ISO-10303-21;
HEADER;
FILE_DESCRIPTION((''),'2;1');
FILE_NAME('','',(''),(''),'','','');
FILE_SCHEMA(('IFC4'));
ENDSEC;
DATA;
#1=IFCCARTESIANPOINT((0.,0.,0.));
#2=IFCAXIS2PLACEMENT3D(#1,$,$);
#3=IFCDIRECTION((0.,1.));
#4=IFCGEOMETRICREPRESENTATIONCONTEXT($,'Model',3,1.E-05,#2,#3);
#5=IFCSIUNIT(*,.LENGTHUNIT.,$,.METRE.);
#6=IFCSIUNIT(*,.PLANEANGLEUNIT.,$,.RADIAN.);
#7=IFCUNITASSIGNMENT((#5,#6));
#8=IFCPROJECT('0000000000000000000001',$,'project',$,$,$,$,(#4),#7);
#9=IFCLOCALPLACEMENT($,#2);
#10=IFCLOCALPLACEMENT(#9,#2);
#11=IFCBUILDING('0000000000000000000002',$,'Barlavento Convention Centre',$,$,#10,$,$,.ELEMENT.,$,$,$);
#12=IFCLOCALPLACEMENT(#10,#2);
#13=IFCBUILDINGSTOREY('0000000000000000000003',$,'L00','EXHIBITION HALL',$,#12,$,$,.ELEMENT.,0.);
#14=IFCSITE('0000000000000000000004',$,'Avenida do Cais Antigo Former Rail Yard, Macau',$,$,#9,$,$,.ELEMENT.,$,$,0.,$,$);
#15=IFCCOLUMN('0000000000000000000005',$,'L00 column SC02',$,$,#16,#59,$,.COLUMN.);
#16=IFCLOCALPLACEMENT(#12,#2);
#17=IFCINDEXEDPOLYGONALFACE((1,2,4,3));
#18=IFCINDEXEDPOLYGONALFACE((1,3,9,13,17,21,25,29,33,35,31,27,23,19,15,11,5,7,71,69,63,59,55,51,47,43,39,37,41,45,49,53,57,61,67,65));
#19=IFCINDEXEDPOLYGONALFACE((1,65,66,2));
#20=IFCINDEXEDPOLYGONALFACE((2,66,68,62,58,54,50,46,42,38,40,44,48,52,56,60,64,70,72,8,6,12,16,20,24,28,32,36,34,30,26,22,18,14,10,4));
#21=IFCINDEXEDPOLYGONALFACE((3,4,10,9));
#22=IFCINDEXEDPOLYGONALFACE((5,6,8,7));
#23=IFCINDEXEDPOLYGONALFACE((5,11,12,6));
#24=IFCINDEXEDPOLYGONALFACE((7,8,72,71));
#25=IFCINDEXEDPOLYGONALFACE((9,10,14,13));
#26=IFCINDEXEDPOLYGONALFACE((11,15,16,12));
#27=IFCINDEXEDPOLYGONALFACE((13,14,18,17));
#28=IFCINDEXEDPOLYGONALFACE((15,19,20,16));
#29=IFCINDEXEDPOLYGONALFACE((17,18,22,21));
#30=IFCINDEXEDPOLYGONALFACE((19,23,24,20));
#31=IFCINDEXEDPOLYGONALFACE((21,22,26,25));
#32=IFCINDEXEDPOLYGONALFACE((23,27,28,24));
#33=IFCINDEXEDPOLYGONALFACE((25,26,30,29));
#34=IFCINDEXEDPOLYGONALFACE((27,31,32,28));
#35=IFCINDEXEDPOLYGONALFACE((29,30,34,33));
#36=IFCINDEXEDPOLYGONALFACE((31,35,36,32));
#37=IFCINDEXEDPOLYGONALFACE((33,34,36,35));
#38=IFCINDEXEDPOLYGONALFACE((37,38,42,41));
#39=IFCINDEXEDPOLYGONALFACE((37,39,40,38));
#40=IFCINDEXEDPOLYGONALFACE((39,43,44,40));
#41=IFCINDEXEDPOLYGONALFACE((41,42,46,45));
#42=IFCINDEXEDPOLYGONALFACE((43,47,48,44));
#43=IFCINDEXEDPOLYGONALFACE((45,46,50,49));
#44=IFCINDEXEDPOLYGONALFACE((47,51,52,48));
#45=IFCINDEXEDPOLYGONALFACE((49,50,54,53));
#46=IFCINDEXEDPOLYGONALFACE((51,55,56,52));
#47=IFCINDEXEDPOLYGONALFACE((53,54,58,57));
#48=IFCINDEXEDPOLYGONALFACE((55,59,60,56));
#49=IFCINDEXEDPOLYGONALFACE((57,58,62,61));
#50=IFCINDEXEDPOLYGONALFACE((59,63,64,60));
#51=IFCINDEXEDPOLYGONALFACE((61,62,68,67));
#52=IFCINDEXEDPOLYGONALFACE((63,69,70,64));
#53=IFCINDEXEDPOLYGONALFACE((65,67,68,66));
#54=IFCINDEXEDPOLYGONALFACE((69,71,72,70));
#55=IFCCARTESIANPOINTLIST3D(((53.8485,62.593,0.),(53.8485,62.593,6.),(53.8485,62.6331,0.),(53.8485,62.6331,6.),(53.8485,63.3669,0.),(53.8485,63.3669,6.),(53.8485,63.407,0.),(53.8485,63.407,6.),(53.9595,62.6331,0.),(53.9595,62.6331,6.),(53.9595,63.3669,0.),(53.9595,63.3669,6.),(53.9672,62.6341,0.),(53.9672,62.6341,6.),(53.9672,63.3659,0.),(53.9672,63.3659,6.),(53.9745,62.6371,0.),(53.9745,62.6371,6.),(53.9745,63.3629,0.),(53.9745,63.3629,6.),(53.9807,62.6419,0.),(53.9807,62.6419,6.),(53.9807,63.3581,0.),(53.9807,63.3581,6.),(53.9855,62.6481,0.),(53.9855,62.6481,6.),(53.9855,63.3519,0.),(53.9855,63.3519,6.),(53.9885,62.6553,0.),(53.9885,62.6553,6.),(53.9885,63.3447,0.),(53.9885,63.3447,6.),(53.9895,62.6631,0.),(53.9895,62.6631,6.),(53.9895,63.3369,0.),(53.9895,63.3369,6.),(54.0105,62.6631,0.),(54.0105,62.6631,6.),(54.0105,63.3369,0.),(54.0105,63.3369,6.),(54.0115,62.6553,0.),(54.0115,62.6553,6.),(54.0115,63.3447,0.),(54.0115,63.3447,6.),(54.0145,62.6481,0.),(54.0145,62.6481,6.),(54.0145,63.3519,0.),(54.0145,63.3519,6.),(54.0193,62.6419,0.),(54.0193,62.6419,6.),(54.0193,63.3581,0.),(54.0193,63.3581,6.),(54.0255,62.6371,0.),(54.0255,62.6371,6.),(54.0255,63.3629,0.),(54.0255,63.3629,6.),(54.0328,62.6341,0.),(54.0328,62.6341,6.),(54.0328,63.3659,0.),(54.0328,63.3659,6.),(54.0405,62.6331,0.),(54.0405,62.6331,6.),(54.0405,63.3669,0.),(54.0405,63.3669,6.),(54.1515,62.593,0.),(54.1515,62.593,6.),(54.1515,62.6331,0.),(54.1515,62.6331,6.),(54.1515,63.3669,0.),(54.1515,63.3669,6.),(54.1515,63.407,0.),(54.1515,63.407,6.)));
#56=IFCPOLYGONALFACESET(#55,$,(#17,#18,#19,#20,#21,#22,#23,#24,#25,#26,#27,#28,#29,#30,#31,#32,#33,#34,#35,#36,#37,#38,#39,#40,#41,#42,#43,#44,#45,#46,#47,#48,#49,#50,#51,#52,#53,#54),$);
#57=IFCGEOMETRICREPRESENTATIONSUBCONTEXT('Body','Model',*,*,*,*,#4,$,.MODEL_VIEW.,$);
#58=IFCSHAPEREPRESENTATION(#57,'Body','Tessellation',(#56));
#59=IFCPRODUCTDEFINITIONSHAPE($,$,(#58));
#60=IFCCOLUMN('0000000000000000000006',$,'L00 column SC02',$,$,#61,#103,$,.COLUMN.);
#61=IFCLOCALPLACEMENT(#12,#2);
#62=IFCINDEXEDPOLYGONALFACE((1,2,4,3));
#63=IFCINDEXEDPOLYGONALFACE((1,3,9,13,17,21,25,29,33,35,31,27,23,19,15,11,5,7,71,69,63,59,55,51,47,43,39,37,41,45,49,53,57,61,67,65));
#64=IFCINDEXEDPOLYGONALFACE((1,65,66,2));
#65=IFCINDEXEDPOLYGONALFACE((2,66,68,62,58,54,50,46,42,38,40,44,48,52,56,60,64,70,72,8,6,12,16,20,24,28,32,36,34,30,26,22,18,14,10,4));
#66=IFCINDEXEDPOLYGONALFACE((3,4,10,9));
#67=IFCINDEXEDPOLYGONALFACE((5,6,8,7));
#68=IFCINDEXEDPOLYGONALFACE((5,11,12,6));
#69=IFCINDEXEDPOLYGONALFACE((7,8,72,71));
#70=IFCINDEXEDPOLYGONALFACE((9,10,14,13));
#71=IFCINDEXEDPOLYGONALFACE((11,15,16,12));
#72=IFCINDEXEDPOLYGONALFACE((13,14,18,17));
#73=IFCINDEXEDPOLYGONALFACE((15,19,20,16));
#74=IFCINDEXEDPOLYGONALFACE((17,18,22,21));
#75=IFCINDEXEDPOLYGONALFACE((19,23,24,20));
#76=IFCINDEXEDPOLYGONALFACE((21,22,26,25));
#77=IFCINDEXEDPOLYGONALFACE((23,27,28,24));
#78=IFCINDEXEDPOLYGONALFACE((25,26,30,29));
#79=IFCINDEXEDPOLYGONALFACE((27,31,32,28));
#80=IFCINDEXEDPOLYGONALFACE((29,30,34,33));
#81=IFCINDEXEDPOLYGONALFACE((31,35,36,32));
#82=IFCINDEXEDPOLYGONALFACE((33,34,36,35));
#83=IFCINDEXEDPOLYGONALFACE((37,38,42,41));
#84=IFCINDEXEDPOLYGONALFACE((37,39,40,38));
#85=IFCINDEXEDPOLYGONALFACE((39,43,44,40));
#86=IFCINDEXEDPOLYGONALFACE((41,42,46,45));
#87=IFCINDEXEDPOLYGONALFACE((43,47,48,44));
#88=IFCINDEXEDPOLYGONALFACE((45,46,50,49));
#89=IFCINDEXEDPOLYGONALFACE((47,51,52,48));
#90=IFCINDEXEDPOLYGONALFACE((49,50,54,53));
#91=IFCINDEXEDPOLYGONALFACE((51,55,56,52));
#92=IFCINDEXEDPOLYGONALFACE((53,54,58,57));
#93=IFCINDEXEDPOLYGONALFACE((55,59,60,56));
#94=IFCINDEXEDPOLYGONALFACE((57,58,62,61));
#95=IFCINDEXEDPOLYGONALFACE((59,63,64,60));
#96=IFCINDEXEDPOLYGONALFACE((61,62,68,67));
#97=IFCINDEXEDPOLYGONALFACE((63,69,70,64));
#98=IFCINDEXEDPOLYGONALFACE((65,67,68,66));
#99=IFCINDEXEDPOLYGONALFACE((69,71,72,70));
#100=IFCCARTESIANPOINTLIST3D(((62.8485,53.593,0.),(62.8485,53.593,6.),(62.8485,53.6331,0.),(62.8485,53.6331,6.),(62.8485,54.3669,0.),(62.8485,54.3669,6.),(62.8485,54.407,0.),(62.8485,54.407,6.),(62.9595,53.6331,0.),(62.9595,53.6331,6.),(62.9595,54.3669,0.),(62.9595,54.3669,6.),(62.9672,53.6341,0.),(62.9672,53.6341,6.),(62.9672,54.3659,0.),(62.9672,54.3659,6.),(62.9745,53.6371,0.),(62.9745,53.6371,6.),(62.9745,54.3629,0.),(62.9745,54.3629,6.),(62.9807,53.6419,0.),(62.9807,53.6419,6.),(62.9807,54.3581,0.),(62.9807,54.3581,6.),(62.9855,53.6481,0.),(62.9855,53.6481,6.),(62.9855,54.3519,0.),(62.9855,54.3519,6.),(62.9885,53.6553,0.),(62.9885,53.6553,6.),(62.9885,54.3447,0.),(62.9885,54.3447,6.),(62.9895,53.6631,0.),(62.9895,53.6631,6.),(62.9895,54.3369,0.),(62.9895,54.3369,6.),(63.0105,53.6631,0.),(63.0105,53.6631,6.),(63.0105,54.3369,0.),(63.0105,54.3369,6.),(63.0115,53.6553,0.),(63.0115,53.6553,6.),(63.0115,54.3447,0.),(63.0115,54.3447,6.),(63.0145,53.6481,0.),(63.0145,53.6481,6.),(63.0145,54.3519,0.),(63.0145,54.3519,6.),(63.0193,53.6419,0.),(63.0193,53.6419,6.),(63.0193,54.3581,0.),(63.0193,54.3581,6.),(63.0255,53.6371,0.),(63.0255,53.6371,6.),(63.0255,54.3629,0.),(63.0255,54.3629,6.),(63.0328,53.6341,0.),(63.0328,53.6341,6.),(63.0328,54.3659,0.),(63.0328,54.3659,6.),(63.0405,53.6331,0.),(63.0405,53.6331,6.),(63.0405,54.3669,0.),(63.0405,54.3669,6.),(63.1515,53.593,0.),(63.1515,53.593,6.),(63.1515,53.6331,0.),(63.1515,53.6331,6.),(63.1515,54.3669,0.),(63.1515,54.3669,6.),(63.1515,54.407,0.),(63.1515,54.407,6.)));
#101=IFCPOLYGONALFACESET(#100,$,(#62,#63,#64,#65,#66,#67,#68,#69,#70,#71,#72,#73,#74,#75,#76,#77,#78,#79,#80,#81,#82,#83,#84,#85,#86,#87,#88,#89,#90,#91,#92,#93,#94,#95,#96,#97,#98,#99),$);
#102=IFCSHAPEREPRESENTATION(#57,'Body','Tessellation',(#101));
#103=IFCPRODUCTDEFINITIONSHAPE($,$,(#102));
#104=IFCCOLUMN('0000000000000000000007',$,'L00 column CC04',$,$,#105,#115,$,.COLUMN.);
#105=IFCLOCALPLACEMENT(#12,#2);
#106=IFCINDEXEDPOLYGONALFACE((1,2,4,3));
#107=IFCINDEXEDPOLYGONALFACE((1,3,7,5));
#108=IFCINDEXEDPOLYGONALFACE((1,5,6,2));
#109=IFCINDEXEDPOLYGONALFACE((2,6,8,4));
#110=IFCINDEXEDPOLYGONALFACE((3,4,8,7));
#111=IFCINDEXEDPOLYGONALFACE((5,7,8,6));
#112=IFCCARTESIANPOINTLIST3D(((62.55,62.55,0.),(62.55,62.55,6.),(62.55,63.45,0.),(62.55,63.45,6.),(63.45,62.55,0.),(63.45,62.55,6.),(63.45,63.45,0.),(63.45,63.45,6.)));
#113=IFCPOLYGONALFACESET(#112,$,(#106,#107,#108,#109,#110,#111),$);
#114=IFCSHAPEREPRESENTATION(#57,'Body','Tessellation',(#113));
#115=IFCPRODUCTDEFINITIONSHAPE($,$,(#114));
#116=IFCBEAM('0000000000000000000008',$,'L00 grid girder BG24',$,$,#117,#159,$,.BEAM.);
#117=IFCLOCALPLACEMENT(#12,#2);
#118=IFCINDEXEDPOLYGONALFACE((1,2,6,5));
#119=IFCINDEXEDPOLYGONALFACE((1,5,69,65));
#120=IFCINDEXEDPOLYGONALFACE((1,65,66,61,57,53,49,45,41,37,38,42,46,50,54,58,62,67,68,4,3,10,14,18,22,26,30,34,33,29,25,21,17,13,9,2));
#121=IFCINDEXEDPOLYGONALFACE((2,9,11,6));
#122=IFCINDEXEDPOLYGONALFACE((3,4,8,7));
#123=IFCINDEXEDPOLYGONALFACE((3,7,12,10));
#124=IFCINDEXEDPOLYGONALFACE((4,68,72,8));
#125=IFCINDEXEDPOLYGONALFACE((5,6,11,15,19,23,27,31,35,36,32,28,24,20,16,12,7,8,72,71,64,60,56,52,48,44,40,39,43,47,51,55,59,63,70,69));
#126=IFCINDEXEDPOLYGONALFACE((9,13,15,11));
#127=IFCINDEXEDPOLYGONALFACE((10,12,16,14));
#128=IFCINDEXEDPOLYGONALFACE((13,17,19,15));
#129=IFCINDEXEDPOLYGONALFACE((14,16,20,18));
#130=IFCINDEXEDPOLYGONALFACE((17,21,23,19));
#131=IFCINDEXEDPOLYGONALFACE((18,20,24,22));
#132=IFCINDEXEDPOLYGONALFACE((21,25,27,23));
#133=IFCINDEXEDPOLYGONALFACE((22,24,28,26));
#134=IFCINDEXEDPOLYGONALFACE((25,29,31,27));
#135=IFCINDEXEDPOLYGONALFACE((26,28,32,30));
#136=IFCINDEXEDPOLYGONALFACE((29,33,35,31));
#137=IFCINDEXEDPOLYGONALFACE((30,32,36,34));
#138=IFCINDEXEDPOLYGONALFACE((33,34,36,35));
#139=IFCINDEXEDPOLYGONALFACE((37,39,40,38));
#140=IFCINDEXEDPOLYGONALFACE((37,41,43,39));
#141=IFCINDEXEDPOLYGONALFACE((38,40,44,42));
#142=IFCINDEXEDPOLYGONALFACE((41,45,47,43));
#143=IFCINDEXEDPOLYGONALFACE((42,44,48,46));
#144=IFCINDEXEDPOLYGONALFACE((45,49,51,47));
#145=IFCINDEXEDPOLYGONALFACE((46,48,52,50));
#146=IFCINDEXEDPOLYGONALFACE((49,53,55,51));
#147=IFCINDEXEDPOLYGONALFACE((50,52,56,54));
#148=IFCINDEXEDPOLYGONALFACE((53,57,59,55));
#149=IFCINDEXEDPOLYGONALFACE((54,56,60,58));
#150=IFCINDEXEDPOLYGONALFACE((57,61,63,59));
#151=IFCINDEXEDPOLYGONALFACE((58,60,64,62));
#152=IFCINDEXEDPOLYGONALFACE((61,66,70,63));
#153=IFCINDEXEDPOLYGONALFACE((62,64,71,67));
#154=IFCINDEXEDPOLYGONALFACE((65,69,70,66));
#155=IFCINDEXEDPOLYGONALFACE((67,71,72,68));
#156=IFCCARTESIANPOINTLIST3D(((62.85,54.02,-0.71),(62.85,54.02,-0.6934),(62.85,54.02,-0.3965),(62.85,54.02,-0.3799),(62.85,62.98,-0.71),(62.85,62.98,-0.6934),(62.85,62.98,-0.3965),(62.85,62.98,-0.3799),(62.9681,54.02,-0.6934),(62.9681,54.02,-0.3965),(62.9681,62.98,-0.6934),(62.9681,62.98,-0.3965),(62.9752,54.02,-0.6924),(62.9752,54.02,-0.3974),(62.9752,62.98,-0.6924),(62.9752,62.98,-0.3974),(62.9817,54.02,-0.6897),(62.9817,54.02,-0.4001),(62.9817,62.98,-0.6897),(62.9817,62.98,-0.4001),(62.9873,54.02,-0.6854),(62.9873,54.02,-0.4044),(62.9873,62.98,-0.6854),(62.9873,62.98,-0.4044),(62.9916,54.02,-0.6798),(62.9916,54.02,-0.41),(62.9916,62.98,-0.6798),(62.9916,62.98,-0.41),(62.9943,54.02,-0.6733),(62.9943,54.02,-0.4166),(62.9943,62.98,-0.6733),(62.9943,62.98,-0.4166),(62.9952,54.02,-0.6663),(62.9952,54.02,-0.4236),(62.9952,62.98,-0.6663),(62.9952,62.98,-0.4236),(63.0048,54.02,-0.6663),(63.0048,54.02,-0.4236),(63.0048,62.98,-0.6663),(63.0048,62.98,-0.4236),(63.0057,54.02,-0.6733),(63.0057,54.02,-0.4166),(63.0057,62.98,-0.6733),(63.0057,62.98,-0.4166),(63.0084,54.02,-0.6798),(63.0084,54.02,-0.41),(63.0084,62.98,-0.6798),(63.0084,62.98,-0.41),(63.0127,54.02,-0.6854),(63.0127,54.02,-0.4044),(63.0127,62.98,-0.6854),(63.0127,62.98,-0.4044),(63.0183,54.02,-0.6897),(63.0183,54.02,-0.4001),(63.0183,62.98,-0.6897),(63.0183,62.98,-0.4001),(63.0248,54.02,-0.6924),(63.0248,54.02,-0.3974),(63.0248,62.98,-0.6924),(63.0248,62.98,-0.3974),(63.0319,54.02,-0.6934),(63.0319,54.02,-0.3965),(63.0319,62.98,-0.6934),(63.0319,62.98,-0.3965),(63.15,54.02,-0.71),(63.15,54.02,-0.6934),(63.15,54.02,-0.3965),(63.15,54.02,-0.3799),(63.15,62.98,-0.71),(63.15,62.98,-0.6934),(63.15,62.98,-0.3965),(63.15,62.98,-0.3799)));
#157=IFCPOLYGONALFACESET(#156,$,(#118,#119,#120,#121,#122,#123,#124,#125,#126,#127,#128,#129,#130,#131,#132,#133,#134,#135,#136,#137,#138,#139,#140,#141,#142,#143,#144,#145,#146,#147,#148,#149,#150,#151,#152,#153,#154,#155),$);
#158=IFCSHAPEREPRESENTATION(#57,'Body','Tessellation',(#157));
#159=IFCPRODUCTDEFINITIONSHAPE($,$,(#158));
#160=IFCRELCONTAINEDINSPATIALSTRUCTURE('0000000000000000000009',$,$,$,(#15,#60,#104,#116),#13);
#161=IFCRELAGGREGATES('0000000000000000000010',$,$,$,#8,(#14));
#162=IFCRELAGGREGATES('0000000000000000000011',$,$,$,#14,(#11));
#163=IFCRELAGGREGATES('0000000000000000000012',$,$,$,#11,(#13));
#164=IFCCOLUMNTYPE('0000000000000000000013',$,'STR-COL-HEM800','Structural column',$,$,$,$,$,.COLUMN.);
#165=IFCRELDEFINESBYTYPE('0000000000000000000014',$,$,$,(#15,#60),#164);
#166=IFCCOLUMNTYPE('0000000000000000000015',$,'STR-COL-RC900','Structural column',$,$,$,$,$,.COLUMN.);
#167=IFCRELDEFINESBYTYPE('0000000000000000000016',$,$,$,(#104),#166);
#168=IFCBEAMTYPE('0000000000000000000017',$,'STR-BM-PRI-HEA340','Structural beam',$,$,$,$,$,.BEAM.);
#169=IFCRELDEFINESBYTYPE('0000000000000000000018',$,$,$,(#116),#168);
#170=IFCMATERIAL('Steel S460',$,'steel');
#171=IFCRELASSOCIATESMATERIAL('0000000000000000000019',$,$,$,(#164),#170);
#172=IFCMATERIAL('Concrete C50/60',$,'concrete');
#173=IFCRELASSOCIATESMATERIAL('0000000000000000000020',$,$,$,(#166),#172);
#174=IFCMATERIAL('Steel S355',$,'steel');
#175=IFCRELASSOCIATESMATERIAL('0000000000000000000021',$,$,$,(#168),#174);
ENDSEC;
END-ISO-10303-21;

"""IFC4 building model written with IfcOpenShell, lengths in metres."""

from ifc_helpers import new_model, si_unit, direction, frame, origin, origin_2d, place, context, subcontext, project, spatial, rectangle, i_section, extrude, material, material_profile, profile_set, type_object, element, save


model = new_model("IFC4")

# Units and contexts
model_context = context("Model", 3, precision=1e-05, world=origin(), true_north=direction((0.0, 1.0)))
body_context = subcontext(model_context, "Body", "Model", "MODEL_VIEW")
ifc_project = project(units=[si_unit("LENGTHUNIT", "METRE"), si_unit("PLANEANGLEUNIT", "RADIAN")], contexts=[model_context])

# Site, building, storey
site_placement = place(None, origin())
site = spatial("IfcSite", under=ifc_project, at=site_placement, Name="Avenida do Cais Antigo Former Rail Yard, Macau", CompositionType="ELEMENT", RefElevation=0.0)
building_placement = place(site_placement, origin())
building = spatial("IfcBuilding", under=site, at=building_placement, Name="Barlavento Convention Centre", CompositionType="ELEMENT")
storey_placement = place(building_placement, origin())
storey = spatial("IfcBuildingStorey", under=building, at=storey_placement, Name="L00", Description="EXHIBITION HALL", CompositionType="ELEMENT", Elevation=0.0)

# Columns
ifc_material_1 = material(Name="Steel S460", Category="steel")
ifc_material_profile_1 = material_profile(ifc_material_1, i_section(OverallWidth=0.303, OverallDepth=0.814, WebThickness=0.021, FlangeThickness=0.04, FilletRadius=0.03, at=origin_2d()), Name="HEM 800")
ifc_profile_set_1 = profile_set([ifc_material_profile_1], Name="Steel S460")
column_type_1 = type_object("IfcColumnType", Name="STR-COL-HEM800", Description="Structural column", PredefinedType="COLUMN", material=ifc_profile_set_1)
for number, where, z_axis, x_axis, name in (
    (1, (54.0, 63.0, 0.0), (0.0, 0.0, 1.0), (1.0, 0.0, 0.0), "L00 column SC02"),
    (2, (63.0, 54.0, 0.0), (0.0, 0.0, 1.0), (1.0, 0.0, 0.0), "L00 column SC02"),
):
    element("IfcColumn", number, at=place(storey_placement, frame(where, z_axis=z_axis, x_axis=x_axis)), inside=storey, type_object=column_type_1, Name=name, PredefinedType="COLUMN", context=body_context, shape_type="SweptSolid", body=[
        extrude(i_section(OverallWidth=0.303, OverallDepth=0.814, WebThickness=0.021, FlangeThickness=0.04, FilletRadius=0.03, at=origin_2d()), origin(), (0.0, 0.0, 1.0), 6.0),
    ])
ifc_material_2 = material(Name="Concrete C50/60", Category="concrete")
ifc_material_profile_2 = material_profile(ifc_material_2, rectangle(XDim=0.8999, YDim=0.8999, at=origin_2d()), Name="RC 900x900")
ifc_profile_set_2 = profile_set([ifc_material_profile_2], Name="Concrete C50/60")
column_type_2 = type_object("IfcColumnType", Name="STR-COL-RC900", Description="Structural column", PredefinedType="COLUMN", material=ifc_profile_set_2)
column_placement = place(storey_placement, frame((63.0, 63.0, 0.0), z_axis=(0.0, 0.0, 1.0), x_axis=(1.0, 0.0, 0.0)))
element("IfcColumn", 3, at=column_placement, inside=storey, type_object=column_type_2, Name="L00 column CC04", PredefinedType="COLUMN", context=body_context, shape_type="SweptSolid", body=[
    extrude(rectangle(XDim=0.8999, YDim=0.8999, at=origin_2d()), origin(), (0.0, 0.0, 1.0), 6.0),
])

# Beam
ifc_material_3 = material(Name="Steel S355", Category="steel")
ifc_material_profile_3 = material_profile(ifc_material_3, i_section(OverallWidth=0.3, OverallDepth=0.3301, WebThickness=0.0095, FlangeThickness=0.0166, FilletRadius=0.0271, at=origin_2d()), Name="HEA 340")
ifc_profile_set_3 = profile_set([ifc_material_profile_3], Name="Steel S355")
beam_type_1 = type_object("IfcBeamType", Name="STR-BM-PRI-HEA340", Description="Structural beam", PredefinedType="BEAM", material=ifc_profile_set_3)
beam_1_placement = place(storey_placement, frame((63.0, 54.02, -0.5449), z_axis=(0.0, 1.0, 0.0), x_axis=(-1.0, 0.0, 0.0)))
element("IfcBeam", 4, at=beam_1_placement, inside=storey, type_object=beam_type_1, Name="L00 grid girder BG24", PredefinedType="BEAM", context=body_context, shape_type="SweptSolid", body=[
    extrude(i_section(OverallWidth=0.3, OverallDepth=0.3301, WebThickness=0.0095, FlangeThickness=0.0166, FilletRadius=0.0271, at=origin_2d()), origin(), (0.0, 0.0, 1.0), 8.96),
])

save(model, "model.ifc")
